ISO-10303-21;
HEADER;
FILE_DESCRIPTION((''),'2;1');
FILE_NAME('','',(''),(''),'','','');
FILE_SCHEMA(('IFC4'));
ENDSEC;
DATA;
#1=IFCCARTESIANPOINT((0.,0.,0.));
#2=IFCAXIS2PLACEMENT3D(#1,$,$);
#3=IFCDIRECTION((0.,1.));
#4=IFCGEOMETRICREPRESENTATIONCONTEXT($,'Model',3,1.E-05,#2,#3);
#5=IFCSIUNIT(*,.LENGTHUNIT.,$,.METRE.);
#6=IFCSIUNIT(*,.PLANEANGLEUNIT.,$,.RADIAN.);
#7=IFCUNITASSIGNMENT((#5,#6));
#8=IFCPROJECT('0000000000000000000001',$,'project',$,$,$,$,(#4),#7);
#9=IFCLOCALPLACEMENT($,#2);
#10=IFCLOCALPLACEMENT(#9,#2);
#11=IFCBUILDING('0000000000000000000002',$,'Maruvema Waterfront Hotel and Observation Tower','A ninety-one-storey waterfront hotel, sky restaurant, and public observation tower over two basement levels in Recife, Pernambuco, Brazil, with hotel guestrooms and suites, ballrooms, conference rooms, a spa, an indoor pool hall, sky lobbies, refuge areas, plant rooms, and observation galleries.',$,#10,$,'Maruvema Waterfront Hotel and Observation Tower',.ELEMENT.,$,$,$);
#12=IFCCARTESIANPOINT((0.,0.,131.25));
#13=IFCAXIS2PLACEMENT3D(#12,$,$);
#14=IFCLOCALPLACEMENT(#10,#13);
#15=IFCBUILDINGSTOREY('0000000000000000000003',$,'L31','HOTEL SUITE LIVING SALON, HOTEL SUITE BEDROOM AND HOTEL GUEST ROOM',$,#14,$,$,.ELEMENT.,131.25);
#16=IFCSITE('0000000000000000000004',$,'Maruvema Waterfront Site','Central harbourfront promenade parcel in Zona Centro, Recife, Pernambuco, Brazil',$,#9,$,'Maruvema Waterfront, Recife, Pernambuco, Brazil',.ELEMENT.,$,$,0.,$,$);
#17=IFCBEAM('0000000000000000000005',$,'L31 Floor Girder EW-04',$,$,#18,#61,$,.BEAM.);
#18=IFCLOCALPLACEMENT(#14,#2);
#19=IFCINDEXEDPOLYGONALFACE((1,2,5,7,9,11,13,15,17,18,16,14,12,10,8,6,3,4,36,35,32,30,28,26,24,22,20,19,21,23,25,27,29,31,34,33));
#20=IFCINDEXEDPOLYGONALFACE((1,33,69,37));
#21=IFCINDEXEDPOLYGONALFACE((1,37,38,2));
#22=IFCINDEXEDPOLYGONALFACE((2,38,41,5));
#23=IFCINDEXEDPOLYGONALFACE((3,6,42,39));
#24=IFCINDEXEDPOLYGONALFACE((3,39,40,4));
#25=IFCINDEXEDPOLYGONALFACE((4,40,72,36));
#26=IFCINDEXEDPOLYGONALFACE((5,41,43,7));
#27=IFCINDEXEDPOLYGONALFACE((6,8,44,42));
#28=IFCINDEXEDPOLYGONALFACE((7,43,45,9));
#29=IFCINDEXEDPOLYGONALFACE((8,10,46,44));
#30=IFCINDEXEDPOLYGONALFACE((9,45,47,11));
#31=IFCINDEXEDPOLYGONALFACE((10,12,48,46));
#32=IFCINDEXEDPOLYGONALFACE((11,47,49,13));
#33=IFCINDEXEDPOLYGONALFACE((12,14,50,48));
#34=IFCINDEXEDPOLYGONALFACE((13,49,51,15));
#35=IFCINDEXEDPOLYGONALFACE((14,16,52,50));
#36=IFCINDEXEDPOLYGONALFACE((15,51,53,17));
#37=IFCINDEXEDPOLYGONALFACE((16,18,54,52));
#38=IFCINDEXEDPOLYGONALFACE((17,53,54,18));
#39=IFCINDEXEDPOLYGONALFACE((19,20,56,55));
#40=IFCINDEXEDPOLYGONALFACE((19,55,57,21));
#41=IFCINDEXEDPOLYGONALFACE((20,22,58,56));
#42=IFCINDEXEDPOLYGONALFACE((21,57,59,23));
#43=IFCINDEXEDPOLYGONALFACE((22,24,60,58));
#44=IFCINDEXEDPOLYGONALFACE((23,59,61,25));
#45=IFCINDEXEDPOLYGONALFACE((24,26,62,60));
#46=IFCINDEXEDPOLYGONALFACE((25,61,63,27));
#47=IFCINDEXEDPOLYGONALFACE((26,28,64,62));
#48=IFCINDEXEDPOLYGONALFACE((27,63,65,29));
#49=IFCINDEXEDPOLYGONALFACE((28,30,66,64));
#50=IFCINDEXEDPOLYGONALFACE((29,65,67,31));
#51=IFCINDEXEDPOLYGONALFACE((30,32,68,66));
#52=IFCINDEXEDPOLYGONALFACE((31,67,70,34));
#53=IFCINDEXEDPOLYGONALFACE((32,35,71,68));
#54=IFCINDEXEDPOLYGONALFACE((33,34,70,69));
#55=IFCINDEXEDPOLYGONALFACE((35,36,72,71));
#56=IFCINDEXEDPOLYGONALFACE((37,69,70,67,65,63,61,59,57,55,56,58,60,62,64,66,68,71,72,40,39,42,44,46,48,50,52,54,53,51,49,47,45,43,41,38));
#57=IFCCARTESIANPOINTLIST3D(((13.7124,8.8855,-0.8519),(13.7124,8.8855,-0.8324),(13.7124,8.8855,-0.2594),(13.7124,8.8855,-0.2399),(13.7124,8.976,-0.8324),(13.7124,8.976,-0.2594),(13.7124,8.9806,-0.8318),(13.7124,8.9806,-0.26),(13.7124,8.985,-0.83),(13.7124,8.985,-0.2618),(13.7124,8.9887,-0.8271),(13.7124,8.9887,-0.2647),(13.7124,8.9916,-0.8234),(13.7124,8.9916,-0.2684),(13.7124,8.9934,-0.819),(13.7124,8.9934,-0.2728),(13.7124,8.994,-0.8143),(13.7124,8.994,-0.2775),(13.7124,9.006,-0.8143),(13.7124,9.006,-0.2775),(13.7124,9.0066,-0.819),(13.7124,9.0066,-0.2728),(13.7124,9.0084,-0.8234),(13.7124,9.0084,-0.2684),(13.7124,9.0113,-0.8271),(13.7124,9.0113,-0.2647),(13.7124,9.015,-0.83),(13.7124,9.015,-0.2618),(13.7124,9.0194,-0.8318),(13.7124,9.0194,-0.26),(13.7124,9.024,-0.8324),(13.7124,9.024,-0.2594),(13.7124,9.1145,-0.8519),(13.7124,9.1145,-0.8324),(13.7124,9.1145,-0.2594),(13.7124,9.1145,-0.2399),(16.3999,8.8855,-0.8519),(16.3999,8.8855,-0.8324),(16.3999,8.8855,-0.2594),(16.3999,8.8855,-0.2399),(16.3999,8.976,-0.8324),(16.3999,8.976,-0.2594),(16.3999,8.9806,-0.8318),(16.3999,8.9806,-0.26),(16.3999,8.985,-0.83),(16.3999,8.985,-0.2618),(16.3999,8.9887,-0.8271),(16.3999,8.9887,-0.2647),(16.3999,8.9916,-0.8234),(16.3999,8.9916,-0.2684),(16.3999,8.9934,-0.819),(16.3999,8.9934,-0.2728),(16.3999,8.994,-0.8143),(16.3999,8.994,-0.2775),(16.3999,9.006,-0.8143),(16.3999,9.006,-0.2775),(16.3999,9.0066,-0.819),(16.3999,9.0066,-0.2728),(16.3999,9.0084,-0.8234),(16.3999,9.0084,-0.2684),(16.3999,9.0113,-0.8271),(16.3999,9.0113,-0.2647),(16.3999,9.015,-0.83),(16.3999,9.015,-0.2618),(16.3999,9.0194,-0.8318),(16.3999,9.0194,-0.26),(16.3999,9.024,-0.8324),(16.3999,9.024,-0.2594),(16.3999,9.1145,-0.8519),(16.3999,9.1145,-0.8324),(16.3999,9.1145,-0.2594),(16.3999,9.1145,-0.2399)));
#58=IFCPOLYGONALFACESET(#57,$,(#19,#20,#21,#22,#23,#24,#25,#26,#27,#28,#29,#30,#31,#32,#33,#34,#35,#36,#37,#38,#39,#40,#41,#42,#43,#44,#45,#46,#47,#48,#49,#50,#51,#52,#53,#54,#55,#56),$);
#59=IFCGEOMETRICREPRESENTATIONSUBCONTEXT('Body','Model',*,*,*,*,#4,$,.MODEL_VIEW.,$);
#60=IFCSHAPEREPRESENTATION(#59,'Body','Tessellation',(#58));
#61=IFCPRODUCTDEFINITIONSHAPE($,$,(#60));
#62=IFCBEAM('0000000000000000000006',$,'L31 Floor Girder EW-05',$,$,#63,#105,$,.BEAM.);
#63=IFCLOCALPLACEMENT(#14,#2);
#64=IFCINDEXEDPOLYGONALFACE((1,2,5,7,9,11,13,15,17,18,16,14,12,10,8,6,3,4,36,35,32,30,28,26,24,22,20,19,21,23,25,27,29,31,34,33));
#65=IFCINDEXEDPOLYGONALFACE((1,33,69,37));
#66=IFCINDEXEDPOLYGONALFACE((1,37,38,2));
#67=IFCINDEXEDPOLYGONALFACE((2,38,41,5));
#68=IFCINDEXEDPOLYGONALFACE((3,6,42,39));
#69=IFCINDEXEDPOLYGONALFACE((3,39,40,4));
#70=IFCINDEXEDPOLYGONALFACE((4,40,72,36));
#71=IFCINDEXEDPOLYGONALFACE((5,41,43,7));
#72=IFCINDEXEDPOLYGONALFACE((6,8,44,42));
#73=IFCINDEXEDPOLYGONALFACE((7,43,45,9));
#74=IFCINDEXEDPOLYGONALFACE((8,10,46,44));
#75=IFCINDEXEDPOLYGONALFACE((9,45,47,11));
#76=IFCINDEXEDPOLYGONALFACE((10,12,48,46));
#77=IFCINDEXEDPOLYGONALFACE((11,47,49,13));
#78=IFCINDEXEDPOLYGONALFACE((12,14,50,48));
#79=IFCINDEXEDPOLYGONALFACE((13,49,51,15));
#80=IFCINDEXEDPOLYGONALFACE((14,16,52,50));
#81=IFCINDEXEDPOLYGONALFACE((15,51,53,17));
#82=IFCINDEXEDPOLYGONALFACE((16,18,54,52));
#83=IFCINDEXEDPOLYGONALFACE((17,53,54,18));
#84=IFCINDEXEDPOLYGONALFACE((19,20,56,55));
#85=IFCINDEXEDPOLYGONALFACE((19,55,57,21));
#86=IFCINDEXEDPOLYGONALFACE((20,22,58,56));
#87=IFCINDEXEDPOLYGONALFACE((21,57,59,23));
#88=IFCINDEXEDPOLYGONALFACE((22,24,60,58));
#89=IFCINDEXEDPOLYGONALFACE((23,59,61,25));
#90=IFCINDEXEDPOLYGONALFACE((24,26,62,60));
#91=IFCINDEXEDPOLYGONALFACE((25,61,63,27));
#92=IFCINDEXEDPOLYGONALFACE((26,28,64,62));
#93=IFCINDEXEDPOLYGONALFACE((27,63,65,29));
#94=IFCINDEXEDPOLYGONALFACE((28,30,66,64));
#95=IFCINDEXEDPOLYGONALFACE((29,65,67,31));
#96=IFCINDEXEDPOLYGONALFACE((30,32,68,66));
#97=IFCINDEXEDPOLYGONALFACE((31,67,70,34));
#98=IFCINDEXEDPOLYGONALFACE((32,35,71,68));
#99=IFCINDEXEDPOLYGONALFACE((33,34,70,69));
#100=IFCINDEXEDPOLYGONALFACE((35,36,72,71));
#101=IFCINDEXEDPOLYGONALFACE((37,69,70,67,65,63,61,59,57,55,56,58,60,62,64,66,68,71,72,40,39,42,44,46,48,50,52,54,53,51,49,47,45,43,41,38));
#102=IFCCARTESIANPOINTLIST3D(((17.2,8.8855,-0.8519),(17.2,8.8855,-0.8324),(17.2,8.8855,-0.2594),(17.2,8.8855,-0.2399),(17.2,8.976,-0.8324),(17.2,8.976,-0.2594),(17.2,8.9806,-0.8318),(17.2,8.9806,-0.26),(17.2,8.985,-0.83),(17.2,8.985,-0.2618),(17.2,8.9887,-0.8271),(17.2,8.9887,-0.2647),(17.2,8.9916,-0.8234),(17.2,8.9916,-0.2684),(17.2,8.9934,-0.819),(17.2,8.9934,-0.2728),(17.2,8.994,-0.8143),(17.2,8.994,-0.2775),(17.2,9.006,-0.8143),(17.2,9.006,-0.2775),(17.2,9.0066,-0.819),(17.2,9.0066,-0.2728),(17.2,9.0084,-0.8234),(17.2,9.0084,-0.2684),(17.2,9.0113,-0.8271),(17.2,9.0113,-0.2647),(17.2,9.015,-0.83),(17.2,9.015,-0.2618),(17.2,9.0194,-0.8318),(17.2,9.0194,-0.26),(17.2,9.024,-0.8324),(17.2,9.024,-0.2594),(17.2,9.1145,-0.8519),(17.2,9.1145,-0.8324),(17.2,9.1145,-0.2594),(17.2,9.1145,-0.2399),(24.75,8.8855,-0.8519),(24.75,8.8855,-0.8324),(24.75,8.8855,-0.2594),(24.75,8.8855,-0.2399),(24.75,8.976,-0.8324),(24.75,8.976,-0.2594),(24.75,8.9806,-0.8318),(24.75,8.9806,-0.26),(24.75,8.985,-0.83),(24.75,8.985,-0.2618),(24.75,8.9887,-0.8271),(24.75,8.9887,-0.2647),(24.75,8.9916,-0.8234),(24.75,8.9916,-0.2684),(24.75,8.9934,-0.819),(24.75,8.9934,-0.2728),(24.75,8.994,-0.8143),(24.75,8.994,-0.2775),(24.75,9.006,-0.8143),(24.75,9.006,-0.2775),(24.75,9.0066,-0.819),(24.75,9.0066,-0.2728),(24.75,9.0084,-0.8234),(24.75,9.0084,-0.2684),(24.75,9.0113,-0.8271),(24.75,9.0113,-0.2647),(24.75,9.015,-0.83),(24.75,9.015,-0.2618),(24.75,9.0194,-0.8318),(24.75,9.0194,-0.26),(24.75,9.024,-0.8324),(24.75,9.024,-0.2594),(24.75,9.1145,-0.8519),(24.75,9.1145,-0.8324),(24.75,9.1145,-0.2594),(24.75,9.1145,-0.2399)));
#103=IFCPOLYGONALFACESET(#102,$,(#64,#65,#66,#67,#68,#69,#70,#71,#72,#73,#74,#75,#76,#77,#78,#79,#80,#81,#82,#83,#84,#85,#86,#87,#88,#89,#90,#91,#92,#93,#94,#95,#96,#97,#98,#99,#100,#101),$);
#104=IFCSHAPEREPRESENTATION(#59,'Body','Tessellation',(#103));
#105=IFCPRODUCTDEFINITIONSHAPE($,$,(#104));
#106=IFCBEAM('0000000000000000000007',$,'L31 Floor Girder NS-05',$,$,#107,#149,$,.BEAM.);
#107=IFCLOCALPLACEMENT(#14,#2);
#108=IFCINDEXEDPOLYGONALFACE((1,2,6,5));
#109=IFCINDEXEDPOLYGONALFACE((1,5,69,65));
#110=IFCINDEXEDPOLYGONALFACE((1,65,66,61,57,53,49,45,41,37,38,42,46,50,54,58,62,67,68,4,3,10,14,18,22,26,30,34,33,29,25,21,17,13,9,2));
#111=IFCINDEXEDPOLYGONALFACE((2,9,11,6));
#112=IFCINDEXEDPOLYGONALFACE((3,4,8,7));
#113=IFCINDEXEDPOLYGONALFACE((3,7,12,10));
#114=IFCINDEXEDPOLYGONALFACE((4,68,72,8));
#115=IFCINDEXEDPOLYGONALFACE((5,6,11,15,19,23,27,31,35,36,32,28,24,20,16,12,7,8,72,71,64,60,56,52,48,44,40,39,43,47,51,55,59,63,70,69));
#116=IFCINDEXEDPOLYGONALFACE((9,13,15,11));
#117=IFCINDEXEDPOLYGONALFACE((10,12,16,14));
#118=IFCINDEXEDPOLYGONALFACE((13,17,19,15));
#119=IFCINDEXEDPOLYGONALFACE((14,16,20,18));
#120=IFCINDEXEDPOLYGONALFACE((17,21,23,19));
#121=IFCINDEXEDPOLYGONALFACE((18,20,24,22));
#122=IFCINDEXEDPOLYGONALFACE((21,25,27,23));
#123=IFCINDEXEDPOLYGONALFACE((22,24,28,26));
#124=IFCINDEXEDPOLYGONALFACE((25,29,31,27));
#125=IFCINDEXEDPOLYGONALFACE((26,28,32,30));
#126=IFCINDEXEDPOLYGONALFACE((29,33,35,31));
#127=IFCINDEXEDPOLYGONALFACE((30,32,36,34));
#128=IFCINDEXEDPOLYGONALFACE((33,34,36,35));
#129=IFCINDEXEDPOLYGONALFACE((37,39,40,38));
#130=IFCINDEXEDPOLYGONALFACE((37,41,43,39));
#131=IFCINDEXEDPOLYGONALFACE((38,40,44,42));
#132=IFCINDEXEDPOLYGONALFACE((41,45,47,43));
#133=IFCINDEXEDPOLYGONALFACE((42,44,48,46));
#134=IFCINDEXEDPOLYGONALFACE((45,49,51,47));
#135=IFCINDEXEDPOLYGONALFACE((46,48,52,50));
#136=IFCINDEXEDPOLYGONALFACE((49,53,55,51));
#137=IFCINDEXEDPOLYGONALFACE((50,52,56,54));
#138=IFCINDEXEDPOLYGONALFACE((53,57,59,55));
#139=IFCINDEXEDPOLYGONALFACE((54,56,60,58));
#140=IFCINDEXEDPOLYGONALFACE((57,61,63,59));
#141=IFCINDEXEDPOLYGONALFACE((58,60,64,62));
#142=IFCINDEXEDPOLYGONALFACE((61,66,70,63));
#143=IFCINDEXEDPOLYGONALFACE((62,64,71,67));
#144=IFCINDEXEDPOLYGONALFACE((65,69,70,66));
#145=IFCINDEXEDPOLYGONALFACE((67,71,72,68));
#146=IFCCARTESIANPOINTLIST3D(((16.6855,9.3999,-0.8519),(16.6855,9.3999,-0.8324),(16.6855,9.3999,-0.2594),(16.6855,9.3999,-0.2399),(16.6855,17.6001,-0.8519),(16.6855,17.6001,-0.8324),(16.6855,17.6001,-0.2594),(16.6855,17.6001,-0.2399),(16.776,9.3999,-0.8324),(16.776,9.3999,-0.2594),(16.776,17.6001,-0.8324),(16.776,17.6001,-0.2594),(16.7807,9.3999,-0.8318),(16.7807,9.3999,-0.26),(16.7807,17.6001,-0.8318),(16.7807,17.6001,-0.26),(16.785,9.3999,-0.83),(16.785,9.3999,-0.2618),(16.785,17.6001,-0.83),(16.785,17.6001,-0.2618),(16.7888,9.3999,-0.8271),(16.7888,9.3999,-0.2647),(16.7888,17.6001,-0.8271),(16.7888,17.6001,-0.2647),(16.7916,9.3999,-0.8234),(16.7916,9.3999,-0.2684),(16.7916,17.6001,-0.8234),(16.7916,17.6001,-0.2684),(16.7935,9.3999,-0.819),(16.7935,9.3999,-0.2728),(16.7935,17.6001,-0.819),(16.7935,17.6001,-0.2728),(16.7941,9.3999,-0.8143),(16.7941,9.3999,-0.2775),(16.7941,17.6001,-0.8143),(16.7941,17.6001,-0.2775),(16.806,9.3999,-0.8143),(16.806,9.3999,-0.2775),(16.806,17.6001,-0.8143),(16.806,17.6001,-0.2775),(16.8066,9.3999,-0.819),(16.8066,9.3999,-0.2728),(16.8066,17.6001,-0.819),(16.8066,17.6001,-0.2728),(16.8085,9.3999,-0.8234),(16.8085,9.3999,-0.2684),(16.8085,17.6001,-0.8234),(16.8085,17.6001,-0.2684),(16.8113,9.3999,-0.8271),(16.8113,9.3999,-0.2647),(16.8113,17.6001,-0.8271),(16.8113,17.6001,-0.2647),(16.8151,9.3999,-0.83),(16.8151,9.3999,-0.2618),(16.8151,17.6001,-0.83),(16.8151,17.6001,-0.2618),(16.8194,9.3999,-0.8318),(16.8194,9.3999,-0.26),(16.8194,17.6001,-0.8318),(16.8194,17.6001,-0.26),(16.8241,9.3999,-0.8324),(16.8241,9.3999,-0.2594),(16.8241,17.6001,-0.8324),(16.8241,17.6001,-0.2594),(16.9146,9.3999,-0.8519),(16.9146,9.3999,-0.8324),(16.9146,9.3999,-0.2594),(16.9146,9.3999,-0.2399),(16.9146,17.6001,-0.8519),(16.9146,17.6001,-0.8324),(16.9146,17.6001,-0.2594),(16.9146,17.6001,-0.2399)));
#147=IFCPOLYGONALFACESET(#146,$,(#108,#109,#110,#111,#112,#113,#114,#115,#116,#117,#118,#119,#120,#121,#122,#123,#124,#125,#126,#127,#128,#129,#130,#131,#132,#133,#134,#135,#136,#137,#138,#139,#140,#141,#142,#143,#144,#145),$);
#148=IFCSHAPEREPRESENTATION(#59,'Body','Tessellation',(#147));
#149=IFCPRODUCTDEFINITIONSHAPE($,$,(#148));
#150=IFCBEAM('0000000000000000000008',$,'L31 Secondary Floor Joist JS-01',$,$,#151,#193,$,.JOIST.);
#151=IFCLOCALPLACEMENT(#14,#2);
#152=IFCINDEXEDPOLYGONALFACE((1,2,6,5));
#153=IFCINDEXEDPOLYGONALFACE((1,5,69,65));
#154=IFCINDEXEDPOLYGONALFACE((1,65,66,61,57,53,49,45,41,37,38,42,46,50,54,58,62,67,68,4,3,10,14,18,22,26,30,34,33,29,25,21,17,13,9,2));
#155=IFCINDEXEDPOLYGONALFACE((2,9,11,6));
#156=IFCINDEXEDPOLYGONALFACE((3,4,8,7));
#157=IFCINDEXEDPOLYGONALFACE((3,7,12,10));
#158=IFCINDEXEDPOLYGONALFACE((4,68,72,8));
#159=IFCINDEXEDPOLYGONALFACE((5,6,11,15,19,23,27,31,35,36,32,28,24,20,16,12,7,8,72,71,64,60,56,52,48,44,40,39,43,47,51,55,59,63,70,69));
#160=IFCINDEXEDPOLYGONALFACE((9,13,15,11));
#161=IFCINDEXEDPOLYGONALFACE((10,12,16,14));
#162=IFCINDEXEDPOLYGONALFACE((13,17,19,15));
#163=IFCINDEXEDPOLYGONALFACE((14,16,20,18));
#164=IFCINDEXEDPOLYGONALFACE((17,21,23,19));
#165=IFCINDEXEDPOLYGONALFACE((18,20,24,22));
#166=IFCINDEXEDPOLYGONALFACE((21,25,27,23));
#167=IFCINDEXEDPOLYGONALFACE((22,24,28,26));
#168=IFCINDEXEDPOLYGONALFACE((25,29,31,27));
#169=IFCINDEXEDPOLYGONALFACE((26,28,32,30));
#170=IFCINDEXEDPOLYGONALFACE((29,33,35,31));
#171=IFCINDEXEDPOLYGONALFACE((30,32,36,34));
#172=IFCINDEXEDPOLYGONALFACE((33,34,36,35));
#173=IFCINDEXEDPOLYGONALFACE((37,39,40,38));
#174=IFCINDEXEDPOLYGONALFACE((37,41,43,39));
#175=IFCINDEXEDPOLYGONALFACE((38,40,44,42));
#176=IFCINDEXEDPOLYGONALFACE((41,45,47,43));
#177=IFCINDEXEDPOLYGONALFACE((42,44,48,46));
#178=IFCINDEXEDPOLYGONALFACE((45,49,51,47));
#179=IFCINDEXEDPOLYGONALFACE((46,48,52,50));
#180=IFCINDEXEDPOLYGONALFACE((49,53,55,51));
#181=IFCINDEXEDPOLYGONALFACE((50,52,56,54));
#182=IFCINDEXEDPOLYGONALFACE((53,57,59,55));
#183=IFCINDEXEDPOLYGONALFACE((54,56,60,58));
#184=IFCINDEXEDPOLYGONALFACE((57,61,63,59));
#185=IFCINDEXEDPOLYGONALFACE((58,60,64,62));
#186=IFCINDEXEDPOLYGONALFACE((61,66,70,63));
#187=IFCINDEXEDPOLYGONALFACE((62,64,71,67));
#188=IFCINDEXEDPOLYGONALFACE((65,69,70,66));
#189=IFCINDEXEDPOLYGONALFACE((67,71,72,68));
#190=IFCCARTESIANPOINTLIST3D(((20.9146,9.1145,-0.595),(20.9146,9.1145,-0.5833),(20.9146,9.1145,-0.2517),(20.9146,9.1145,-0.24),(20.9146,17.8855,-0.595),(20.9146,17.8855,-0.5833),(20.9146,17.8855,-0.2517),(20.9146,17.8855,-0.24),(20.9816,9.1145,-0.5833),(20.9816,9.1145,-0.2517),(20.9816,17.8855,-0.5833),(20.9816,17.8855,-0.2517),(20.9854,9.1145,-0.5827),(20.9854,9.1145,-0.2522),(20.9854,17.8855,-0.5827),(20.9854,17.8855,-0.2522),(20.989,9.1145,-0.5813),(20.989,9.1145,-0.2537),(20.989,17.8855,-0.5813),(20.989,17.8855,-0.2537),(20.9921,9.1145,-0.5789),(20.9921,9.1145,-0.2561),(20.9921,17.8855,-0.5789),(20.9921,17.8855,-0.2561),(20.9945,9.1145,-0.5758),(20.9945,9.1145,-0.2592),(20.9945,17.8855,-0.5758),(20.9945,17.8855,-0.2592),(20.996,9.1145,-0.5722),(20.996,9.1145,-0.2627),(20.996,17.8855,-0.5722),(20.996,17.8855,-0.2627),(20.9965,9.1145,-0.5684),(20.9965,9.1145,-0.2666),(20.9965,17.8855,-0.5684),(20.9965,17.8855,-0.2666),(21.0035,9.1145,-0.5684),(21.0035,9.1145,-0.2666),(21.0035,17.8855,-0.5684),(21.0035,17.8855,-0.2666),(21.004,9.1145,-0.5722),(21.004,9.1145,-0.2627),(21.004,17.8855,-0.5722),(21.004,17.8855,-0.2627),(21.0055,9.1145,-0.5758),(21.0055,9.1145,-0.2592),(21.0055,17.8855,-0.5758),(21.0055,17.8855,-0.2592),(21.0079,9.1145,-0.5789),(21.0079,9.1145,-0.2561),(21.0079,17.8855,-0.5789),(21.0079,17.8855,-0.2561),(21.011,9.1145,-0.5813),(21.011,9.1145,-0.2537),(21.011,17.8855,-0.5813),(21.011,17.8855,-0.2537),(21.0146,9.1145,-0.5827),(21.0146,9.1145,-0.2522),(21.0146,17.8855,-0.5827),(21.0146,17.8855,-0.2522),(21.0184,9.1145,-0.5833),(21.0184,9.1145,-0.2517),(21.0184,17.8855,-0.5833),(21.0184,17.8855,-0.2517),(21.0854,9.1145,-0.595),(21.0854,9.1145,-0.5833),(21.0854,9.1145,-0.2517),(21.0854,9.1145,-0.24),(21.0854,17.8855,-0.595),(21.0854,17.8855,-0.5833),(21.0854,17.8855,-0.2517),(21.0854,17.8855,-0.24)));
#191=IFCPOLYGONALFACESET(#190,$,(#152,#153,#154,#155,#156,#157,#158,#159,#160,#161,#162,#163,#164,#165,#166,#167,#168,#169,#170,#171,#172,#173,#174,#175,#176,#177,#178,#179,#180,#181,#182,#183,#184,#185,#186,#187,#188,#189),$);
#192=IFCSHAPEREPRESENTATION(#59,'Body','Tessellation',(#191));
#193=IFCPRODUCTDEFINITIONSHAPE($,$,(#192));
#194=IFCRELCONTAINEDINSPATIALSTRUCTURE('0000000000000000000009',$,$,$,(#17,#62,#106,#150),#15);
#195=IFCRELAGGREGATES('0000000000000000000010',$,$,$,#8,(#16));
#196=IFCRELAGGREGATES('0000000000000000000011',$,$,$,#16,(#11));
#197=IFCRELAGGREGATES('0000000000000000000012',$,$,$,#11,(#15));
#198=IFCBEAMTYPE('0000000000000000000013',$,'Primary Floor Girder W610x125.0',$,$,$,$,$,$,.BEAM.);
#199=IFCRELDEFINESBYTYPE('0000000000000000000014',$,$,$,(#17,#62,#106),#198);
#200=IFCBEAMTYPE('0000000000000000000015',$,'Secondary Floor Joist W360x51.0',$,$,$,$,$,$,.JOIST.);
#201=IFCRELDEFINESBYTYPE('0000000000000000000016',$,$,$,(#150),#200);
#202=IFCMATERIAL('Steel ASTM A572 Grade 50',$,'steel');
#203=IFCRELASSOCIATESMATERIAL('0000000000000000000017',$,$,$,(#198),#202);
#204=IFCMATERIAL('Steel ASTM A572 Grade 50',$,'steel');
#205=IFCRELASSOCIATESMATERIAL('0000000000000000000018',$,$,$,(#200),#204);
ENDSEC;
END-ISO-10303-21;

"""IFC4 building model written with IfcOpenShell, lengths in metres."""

from ifc_helpers import new_model, si_unit, direction, frame, origin, origin_2d, place, context, subcontext, project, spatial, i_section, extrude, material, material_profile, profile_set, type_object, element, save


model = new_model("IFC4")

# Units and contexts
model_context = context("Model", 3, precision=1e-05, world=origin(), true_north=direction((0.0, 1.0)))
body_context = subcontext(model_context, "Body", "Model", "MODEL_VIEW")
ifc_project = project(units=[si_unit("LENGTHUNIT", "METRE"), si_unit("PLANEANGLEUNIT", "RADIAN")], contexts=[model_context])

# Site, building, storey
site_placement = place(None, origin())
site = spatial("IfcSite", under=ifc_project, at=site_placement, Name="Maruvema Waterfront Site", Description="Central harbourfront promenade parcel in Zona Centro, Recife, Pernambuco, Brazil", LongName="Maruvema Waterfront, Recife, Pernambuco, Brazil", CompositionType="ELEMENT", RefElevation=0.0)
building_placement = place(site_placement, origin())
building = spatial("IfcBuilding", under=site, at=building_placement, Name="Maruvema Waterfront Hotel and Observation Tower", Description="A ninety-one-storey waterfront hotel, sky restaurant, and public observation tower over two basement levels in Recife, Pernambuco, Brazil, with hotel guestrooms and suites, ballrooms, conference rooms, a spa, an indoor pool hall, sky lobbies, refuge areas, plant rooms, and observation galleries.", LongName="Maruvema Waterfront Hotel and Observation Tower", CompositionType="ELEMENT")
storey_placement = place(building_placement, frame((0.0, 0.0, 131.25)))
storey = spatial("IfcBuildingStorey", under=building, at=storey_placement, Name="L31", Description="HOTEL SUITE LIVING SALON, HOTEL SUITE BEDROOM AND HOTEL GUEST ROOM", CompositionType="ELEMENT", Elevation=131.25)

# Beams
ifc_material_1 = material(Name="Steel ASTM A572 Grade 50", Category="steel")
ifc_material_profile_1 = material_profile(ifc_material_1, i_section(OverallWidth=0.229, OverallDepth=0.6121, WebThickness=0.012, FlangeThickness=0.0195, FilletRadius=0.0181, at=origin_2d()), Name="W610x125.0")
ifc_profile_set_1 = profile_set([ifc_material_profile_1], Name="Steel ASTM A572 Grade 50")
beam_type_1 = type_object("IfcBeamType", Name="Primary Floor Girder W610x125.0", PredefinedType="BEAM", material=ifc_profile_set_1)
beam_1_placement = place(storey_placement, frame((13.7124, 9.0, -0.5459), z_axis=(1.0, 0.0, 0.0), x_axis=(0.0, 1.0, 0.0)))
element("IfcBeam", 1, at=beam_1_placement, inside=storey, type_object=beam_type_1, Name="L31 Floor Girder EW-04", PredefinedType="BEAM", context=body_context, shape_type="SweptSolid", body=[
    extrude(i_section(OverallWidth=0.229, OverallDepth=0.6121, WebThickness=0.012, FlangeThickness=0.0195, FilletRadius=0.0181, at=origin_2d()), origin(), (0.0, 0.0, 1.0), 2.6875),
])
beam_2_placement = place(storey_placement, frame((17.2, 9.0, -0.5459), z_axis=(1.0, 0.0, 0.0), x_axis=(0.0, 1.0, 0.0)))
element("IfcBeam", 2, at=beam_2_placement, inside=storey, type_object=beam_type_1, Name="L31 Floor Girder EW-05", PredefinedType="BEAM", context=body_context, shape_type="SweptSolid", body=[
    extrude(i_section(OverallWidth=0.229, OverallDepth=0.6121, WebThickness=0.012, FlangeThickness=0.0195, FilletRadius=0.0181, at=origin_2d()), origin(), (0.0, 0.0, 1.0), 7.55),
])
beam_3_placement = place(storey_placement, frame((16.8, 9.3999, -0.5459), z_axis=(0.0, 1.0, 0.0), x_axis=(-1.0, 0.0, 0.0)))
element("IfcBeam", 3, at=beam_3_placement, inside=storey, type_object=beam_type_1, Name="L31 Floor Girder NS-05", PredefinedType="BEAM", context=body_context, shape_type="SweptSolid", body=[
    extrude(i_section(OverallWidth=0.229, OverallDepth=0.6121, WebThickness=0.012, FlangeThickness=0.0195, FilletRadius=0.0181, at=origin_2d()), origin(), (0.0, 0.0, 1.0), 8.2002),
])
ifc_material_2 = material(Name="Steel ASTM A572 Grade 50", Category="steel")
ifc_material_profile_2 = material_profile(ifc_material_2, i_section(OverallWidth=0.1709, OverallDepth=0.355, WebThickness=0.0071, FlangeThickness=0.0117, FilletRadius=0.0149, at=origin_2d()), Name="W360x51.0")
ifc_profile_set_2 = profile_set([ifc_material_profile_2], Name="Steel ASTM A572 Grade 50")
beam_type_2 = type_object("IfcBeamType", Name="Secondary Floor Joist W360x51.0", PredefinedType="JOIST", material=ifc_profile_set_2)
beam_4_placement = place(storey_placement, frame((21.0, 9.1145, -0.4175), z_axis=(0.0, 1.0, 0.0), x_axis=(-1.0, 0.0, 0.0)))
element("IfcBeam", 4, at=beam_4_placement, inside=storey, type_object=beam_type_2, Name="L31 Secondary Floor Joist JS-01", PredefinedType="JOIST", context=body_context, shape_type="SweptSolid", body=[
    extrude(i_section(OverallWidth=0.1709, OverallDepth=0.355, WebThickness=0.0071, FlangeThickness=0.0117, FilletRadius=0.0149, at=origin_2d()), origin(), (0.0, 0.0, 1.0), 8.771),
])

save(model, "model.ifc")
